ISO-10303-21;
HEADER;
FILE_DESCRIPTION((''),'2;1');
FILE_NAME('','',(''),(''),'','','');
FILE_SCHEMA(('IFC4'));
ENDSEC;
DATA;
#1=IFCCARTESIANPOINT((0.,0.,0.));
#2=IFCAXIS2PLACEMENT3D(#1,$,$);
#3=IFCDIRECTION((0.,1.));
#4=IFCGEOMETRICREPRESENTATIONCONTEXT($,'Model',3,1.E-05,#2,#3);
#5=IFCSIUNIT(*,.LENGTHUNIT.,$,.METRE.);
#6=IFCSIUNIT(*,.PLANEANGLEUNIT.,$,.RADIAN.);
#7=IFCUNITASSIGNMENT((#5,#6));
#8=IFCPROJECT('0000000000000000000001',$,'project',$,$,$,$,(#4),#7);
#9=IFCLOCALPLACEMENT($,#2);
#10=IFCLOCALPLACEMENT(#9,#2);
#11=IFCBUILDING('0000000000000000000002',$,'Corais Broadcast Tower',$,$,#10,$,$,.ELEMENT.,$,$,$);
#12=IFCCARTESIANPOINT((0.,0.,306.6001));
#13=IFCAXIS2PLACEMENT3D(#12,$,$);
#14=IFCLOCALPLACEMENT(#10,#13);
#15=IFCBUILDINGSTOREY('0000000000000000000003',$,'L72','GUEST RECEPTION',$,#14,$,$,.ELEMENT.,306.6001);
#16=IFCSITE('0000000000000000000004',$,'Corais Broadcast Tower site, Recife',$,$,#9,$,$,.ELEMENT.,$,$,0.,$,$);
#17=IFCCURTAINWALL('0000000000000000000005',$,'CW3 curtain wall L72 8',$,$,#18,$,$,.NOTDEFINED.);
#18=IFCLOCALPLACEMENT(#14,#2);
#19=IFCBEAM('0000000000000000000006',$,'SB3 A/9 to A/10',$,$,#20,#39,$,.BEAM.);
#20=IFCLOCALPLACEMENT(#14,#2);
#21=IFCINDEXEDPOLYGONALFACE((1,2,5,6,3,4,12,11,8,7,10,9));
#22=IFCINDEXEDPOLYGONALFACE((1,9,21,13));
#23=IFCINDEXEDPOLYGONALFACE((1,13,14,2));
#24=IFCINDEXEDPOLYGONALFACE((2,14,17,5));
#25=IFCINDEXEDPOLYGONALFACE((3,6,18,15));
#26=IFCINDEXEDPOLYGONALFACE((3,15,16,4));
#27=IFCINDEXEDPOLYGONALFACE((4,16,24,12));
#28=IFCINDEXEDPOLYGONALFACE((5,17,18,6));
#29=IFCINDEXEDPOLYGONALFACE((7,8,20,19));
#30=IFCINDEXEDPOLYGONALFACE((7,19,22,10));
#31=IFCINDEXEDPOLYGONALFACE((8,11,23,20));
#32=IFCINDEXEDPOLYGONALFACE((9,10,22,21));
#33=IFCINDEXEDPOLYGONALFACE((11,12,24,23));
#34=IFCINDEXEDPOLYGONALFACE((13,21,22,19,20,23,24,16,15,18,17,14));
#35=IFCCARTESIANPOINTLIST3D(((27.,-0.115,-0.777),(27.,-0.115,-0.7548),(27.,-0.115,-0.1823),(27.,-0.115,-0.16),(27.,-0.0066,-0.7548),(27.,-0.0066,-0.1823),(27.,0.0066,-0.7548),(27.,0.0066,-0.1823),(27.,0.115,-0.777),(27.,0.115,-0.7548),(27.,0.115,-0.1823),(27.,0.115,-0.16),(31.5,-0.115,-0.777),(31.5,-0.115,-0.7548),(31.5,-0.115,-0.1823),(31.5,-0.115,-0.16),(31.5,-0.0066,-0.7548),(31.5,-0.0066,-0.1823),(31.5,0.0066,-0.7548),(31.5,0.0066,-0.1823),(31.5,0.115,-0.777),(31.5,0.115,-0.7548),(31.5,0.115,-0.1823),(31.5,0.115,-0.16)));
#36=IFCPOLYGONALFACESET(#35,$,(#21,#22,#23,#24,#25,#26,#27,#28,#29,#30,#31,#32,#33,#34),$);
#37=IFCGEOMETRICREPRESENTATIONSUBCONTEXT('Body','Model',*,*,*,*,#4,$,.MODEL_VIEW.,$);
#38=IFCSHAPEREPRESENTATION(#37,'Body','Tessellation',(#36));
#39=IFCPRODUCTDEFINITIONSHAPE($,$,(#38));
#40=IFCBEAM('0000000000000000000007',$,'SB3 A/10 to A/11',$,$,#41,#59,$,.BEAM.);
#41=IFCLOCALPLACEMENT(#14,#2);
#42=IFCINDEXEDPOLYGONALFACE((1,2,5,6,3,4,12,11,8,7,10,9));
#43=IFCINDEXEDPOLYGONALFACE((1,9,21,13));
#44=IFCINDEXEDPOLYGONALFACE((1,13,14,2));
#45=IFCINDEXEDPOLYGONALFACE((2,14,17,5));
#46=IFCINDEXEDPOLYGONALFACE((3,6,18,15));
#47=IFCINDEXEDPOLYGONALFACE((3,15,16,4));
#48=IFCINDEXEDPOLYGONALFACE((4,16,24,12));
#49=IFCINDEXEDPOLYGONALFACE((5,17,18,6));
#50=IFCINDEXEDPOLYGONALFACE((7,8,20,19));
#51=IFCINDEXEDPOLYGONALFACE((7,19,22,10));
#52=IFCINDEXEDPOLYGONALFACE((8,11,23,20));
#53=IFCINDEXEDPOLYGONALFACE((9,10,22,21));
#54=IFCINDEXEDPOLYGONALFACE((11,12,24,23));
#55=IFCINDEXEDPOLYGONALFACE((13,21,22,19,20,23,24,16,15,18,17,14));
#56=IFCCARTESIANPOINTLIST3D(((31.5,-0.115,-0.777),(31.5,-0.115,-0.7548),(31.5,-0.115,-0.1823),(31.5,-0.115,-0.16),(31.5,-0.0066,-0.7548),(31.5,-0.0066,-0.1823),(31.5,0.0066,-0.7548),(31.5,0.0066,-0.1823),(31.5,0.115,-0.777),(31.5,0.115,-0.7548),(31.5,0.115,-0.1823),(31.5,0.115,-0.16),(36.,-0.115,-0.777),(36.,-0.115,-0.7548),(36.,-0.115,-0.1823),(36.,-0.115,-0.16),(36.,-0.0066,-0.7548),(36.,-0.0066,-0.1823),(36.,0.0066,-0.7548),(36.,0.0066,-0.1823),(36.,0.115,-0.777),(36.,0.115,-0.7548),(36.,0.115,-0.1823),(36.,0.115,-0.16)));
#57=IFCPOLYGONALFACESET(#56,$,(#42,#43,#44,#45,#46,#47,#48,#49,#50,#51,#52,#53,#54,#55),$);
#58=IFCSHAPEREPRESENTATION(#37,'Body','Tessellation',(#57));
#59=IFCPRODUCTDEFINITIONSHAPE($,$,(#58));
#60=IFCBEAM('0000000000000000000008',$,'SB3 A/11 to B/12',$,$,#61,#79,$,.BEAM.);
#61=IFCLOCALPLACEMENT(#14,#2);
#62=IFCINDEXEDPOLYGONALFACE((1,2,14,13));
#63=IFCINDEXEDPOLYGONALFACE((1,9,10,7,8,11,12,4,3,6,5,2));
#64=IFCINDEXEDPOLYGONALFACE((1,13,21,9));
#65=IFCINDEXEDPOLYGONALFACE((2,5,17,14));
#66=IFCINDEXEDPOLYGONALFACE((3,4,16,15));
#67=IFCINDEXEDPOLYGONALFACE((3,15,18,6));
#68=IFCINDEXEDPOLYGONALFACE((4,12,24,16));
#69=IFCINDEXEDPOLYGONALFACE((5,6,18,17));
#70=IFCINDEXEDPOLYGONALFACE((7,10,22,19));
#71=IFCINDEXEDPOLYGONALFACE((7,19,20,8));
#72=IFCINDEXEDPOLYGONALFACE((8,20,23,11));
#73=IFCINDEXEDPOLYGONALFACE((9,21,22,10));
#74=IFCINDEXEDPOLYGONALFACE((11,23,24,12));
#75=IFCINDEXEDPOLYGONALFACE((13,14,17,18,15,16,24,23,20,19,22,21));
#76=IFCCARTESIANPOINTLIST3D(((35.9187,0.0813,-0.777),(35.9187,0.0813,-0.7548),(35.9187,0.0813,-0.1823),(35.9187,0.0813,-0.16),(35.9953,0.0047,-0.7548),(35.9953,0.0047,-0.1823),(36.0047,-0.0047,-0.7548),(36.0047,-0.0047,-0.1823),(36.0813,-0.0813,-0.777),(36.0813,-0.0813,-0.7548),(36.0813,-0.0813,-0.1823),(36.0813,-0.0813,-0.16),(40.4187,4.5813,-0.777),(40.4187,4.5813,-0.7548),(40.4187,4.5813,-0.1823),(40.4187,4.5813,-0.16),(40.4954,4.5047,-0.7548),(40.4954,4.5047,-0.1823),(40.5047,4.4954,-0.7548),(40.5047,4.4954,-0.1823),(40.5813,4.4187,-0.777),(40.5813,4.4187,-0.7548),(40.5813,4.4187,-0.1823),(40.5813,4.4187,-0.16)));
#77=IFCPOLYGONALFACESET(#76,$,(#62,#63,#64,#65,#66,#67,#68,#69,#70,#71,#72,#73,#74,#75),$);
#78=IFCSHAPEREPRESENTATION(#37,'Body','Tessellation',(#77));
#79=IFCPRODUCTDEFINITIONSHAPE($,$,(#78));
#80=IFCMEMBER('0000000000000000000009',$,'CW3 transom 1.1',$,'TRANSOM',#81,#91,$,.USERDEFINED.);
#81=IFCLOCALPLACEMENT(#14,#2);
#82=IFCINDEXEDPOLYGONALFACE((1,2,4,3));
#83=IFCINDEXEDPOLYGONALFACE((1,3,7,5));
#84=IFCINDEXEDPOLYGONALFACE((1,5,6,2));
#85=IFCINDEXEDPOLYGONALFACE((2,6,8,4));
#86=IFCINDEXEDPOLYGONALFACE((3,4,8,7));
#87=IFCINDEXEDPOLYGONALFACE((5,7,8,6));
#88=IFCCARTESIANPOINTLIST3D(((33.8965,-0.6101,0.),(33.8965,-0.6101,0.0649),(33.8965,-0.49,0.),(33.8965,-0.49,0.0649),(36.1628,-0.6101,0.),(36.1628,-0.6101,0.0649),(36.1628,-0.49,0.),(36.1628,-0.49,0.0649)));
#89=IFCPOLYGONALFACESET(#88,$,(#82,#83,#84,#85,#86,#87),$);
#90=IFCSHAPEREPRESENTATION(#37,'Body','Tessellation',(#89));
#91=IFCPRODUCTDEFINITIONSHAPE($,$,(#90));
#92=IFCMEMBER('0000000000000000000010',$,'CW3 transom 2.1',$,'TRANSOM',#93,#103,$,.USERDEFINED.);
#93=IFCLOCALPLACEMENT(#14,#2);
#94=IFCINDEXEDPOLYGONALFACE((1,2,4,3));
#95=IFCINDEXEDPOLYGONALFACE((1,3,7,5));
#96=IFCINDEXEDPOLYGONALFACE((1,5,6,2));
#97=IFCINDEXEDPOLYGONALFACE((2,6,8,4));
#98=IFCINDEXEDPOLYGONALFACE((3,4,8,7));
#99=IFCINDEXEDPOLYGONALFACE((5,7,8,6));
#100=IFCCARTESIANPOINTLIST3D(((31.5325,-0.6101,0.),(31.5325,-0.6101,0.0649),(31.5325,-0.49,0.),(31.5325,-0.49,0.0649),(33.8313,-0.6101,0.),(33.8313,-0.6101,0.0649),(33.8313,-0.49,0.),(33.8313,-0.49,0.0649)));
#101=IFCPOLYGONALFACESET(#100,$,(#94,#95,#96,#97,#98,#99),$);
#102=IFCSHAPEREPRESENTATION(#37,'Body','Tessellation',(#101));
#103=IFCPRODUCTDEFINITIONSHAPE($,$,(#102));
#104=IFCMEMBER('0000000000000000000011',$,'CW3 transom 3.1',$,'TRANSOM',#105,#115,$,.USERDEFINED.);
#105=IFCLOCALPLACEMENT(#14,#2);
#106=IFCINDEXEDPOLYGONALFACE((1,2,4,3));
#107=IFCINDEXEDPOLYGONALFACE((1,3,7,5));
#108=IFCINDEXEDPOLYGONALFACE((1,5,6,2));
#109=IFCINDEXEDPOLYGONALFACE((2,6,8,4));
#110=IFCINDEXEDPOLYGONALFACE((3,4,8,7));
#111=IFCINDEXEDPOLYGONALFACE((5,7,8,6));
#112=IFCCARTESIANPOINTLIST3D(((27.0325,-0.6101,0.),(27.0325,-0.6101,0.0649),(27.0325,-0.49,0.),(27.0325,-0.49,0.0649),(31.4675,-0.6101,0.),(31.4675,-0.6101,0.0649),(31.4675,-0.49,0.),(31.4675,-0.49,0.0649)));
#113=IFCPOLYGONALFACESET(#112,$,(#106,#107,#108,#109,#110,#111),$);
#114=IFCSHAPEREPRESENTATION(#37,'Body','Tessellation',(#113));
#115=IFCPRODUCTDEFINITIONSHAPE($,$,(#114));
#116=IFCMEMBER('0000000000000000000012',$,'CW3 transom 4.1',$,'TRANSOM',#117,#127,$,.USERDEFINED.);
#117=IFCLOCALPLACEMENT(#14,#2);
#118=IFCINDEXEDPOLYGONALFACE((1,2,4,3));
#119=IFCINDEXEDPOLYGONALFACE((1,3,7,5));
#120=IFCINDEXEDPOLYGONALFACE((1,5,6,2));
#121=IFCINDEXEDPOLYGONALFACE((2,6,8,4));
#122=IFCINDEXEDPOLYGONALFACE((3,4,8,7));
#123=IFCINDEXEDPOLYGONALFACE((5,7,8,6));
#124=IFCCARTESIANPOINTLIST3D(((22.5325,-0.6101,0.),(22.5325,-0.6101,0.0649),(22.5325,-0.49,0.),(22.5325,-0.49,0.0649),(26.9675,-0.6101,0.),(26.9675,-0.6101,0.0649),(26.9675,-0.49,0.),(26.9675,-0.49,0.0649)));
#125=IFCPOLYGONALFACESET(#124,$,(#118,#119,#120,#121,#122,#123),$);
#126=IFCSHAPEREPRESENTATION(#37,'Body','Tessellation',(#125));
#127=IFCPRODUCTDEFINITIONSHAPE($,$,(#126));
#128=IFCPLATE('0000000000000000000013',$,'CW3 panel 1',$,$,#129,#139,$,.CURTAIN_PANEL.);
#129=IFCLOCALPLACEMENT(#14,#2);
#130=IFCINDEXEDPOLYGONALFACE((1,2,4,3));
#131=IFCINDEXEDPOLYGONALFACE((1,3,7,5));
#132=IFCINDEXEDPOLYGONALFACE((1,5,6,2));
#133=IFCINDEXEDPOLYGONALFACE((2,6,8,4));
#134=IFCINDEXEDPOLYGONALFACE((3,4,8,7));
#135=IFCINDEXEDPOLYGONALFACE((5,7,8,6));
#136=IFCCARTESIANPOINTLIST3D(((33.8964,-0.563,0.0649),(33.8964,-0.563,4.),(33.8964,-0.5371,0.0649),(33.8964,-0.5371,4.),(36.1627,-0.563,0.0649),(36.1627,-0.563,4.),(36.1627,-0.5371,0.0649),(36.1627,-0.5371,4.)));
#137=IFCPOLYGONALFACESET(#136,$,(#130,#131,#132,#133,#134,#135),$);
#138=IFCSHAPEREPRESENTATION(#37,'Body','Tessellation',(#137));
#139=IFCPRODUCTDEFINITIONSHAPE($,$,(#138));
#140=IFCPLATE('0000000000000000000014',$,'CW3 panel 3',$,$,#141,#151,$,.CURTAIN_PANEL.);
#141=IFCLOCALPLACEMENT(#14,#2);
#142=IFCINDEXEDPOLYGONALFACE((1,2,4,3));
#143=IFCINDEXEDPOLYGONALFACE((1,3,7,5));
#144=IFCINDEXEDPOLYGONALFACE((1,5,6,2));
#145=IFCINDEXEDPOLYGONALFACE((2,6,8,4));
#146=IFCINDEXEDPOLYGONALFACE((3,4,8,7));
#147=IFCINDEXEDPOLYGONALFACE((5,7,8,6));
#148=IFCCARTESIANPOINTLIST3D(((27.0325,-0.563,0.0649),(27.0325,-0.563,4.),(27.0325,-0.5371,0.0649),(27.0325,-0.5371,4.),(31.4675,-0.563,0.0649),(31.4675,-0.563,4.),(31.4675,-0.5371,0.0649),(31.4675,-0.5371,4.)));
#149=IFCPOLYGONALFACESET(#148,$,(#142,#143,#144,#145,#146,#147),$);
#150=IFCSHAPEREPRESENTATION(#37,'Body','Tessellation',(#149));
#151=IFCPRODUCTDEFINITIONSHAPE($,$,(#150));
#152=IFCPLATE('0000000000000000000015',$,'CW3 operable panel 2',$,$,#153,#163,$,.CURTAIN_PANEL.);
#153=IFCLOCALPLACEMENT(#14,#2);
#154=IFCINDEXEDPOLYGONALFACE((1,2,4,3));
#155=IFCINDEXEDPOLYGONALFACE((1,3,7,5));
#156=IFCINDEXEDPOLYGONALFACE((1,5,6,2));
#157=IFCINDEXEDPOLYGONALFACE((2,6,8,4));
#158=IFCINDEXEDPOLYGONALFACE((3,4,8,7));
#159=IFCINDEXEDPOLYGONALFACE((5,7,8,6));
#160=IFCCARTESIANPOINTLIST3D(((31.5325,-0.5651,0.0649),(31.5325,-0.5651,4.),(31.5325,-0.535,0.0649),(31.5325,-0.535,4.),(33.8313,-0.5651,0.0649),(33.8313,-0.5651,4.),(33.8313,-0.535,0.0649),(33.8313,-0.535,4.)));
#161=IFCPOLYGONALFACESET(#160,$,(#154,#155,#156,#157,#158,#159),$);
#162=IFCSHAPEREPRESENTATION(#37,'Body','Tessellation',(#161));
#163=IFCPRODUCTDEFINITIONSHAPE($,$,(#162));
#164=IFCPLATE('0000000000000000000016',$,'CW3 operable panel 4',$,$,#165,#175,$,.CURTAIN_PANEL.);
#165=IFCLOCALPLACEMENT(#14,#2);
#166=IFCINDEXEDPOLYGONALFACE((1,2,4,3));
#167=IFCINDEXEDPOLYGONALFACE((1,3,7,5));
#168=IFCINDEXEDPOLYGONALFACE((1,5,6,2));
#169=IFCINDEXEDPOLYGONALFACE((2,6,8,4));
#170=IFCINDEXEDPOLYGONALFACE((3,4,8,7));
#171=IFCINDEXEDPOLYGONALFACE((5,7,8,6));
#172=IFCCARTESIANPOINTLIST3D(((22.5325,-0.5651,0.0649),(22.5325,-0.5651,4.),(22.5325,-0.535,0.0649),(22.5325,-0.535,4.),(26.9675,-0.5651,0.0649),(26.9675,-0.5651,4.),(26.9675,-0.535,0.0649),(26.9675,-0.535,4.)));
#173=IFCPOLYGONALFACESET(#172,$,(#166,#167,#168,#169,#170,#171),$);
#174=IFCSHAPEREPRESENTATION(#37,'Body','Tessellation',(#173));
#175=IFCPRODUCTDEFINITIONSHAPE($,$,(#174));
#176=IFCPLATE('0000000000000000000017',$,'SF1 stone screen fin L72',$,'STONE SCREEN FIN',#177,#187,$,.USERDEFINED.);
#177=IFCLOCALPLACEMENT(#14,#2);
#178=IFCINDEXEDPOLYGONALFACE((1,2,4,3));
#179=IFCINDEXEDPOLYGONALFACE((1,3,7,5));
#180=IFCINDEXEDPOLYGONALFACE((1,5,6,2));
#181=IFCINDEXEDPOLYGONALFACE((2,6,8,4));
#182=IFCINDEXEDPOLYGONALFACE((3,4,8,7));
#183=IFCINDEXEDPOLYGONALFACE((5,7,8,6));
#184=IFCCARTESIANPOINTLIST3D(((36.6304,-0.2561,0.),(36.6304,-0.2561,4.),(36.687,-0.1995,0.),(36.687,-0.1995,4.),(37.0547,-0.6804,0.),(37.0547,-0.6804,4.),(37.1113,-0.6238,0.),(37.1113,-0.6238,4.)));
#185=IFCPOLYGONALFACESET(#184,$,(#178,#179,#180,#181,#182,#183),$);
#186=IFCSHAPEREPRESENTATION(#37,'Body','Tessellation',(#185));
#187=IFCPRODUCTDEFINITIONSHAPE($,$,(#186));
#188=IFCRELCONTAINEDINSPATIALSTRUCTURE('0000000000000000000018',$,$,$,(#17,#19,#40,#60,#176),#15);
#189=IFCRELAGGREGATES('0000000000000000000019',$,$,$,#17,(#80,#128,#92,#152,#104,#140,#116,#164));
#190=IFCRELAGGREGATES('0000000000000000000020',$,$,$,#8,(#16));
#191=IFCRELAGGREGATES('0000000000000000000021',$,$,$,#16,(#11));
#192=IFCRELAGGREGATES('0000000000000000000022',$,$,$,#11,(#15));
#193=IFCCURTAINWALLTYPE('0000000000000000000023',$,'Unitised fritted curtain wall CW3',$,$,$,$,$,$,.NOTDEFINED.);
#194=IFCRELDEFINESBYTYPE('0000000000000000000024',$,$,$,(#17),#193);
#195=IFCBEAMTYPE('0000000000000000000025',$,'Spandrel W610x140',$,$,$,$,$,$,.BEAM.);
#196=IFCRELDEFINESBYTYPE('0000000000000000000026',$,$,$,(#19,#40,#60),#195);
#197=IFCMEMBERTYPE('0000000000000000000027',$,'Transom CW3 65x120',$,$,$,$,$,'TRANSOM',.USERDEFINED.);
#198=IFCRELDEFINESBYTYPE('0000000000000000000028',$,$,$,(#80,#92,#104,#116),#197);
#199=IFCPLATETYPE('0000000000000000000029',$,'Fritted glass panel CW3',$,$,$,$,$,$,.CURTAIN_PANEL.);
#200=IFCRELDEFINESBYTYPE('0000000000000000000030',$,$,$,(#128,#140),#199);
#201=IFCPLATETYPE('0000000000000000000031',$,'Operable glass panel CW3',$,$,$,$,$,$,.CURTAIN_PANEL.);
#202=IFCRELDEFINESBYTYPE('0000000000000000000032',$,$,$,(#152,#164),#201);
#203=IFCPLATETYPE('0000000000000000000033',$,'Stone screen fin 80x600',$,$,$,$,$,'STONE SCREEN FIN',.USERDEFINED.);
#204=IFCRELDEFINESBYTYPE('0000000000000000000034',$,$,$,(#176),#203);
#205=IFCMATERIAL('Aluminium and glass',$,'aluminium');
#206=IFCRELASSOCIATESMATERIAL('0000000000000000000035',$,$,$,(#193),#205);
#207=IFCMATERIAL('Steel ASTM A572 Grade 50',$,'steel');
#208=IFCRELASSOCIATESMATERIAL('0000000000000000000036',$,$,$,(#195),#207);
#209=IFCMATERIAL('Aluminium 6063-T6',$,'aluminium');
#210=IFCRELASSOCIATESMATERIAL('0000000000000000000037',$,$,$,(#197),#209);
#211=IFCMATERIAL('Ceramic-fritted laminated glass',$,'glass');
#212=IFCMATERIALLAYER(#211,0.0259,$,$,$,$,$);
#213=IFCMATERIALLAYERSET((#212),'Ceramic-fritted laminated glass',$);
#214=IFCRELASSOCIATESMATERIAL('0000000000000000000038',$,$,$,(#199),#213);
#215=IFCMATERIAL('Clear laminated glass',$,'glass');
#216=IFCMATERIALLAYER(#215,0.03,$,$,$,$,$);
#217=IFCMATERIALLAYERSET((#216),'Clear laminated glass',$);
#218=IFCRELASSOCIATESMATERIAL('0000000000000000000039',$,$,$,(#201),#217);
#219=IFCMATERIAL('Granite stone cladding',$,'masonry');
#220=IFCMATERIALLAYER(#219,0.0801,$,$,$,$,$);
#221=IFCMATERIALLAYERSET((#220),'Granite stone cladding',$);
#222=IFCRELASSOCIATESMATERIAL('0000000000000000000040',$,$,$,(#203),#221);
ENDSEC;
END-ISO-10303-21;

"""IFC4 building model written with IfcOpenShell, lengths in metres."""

from ifc_helpers import new_model, si_unit, direction, frame, origin, origin_2d, place, context, subcontext, project, spatial, rectangle, i_section, extrude, material, layer, layer_set, material_profile, profile_set, type_object, element, aggregate, save


model = new_model("IFC4")

# Units and contexts
model_context = context("Model", 3, precision=1e-05, world=origin(), true_north=direction((0.0, 1.0)))
body_context = subcontext(model_context, "Body", "Model", "MODEL_VIEW")
ifc_project = project(units=[si_unit("LENGTHUNIT", "METRE"), si_unit("PLANEANGLEUNIT", "RADIAN")], contexts=[model_context])

# Site, building, storey
site_placement = place(None, origin())
site = spatial("IfcSite", under=ifc_project, at=site_placement, Name="Corais Broadcast Tower site, Recife", CompositionType="ELEMENT", RefElevation=0.0)
building_placement = place(site_placement, origin())
building = spatial("IfcBuilding", under=site, at=building_placement, Name="Corais Broadcast Tower", CompositionType="ELEMENT")
storey_placement = place(building_placement, frame((0.0, 0.0, 306.6001)))
storey = spatial("IfcBuildingStorey", under=building, at=storey_placement, Name="L72", Description="GUEST RECEPTION", CompositionType="ELEMENT", Elevation=306.6001)

# Shared definitions
ifc_material_1 = material(Name="Aluminium and glass", Category="aluminium")
curtain_wall_type = type_object("IfcCurtainWallType", Name="Unitised fritted curtain wall CW3", PredefinedType="NOTDEFINED", material=ifc_material_1)

# Curtain wall
curtain_wall_1_placement = place(storey_placement, origin())
curtain_wall_1 = element("IfcCurtainWall", 1, at=curtain_wall_1_placement, inside=storey, type_object=curtain_wall_type, Name="CW3 curtain wall L72 8", PredefinedType="NOTDEFINED")

# Beams
ifc_material_2 = material(Name="Steel ASTM A572 Grade 50", Category="steel")
ifc_material_profile_1 = material_profile(ifc_material_2, i_section(OverallWidth=0.23, OverallDepth=0.6169, WebThickness=0.0132, FlangeThickness=0.0222, at=origin_2d()), Name="W610x140")
ifc_profile_set_1 = profile_set([ifc_material_profile_1], Name="Steel ASTM A572 Grade 50")
beam_type_1 = type_object("IfcBeamType", Name="Spandrel W610x140", PredefinedType="BEAM", material=ifc_profile_set_1)
for number, where, z_axis, x_axis, name in (
    (2, (27.0, 0.0, -0.4685), (1.0, 0.0, 0.0), (0.0, 1.0, 0.0), "SB3 A/9 to A/10"),
    (3, (31.5, 0.0, -0.4685), (1.0, 0.0, 0.0), (0.0, 1.0, 0.0), "SB3 A/10 to A/11"),
):
    element("IfcBeam", number, at=place(storey_placement, frame(where, z_axis=z_axis, x_axis=x_axis)), inside=storey, type_object=beam_type_1, Name=name, PredefinedType="BEAM", context=body_context, shape_type="SweptSolid", body=[
        extrude(i_section(OverallWidth=0.23, OverallDepth=0.6169, WebThickness=0.0132, FlangeThickness=0.0222, at=origin_2d()), origin(), (0.0, 0.0, 1.0), 4.5),
    ])
beam_placement = place(storey_placement, frame((36.0, 0.0, -0.4685), z_axis=(0.707107, 0.707107, 0.0), x_axis=(-0.707107, 0.707107, 0.0)))
element("IfcBeam", 4, at=beam_placement, inside=storey, type_object=beam_type_1, Name="SB3 A/11 to B/12", PredefinedType="BEAM", context=body_context, shape_type="SweptSolid", body=[
    extrude(i_section(OverallWidth=0.23, OverallDepth=0.6169, WebThickness=0.0132, FlangeThickness=0.0222, at=origin_2d()), origin(), (0.0, 0.0, 1.0), 6.364),
])

# Members
ifc_material_3 = material(Name="Aluminium 6063-T6", Category="aluminium")
ifc_material_profile_2 = material_profile(ifc_material_3, rectangle(XDim=0.1201, YDim=0.0649, at=origin_2d()), Name="Transom CW3 65x120")
ifc_profile_set_2 = profile_set([ifc_material_profile_2], Name="Aluminium 6063-T6")
member_type_1 = type_object("IfcMemberType", Name="Transom CW3 65x120", ElementType="TRANSOM", PredefinedType="USERDEFINED", material=ifc_profile_set_2)
member_1_placement = place(storey_placement, frame((36.1628, -0.55, 0.0325), z_axis=(-1.0, 0.0, 0.0), x_axis=(0.0, -1.0, 0.0)))
member_1 = element("IfcMember", 5, at=member_1_placement, type_object=member_type_1, Name="CW3 transom 1.1", ObjectType="TRANSOM", PredefinedType="USERDEFINED", context=body_context, shape_type="SweptSolid", body=[
    extrude(rectangle(XDim=0.1201, YDim=0.0649, at=origin_2d()), origin(), (0.0, 0.0, 1.0), 2.2664),
])
member_2_placement = place(storey_placement, frame((33.8313, -0.55, 0.0325), z_axis=(-1.0, 0.0, 0.0), x_axis=(0.0, -1.0, 0.0)))
member_2 = element("IfcMember", 6, at=member_2_placement, type_object=member_type_1, Name="CW3 transom 2.1", ObjectType="TRANSOM", PredefinedType="USERDEFINED", context=body_context, shape_type="SweptSolid", body=[
    extrude(rectangle(XDim=0.1201, YDim=0.0649, at=origin_2d()), origin(), (0.0, 0.0, 1.0), 2.2988),
])
member_3_placement = place(storey_placement, frame((31.4675, -0.55, 0.0325), z_axis=(-1.0, 0.0, 0.0), x_axis=(0.0, -1.0, 0.0)))
member_3 = element("IfcMember", 7, at=member_3_placement, type_object=member_type_1, Name="CW3 transom 3.1", ObjectType="TRANSOM", PredefinedType="USERDEFINED", context=body_context, shape_type="SweptSolid", body=[
    extrude(rectangle(XDim=0.1201, YDim=0.0649, at=origin_2d()), origin(), (0.0, 0.0, 1.0), 4.4351),
])
member_4_placement = place(storey_placement, frame((26.9675, -0.55, 0.0325), z_axis=(-1.0, 0.0, 0.0), x_axis=(0.0, -1.0, 0.0)))
member_4 = element("IfcMember", 8, at=member_4_placement, type_object=member_type_1, Name="CW3 transom 4.1", ObjectType="TRANSOM", PredefinedType="USERDEFINED", context=body_context, shape_type="SweptSolid", body=[
    extrude(rectangle(XDim=0.1201, YDim=0.0649, at=origin_2d()), origin(), (0.0, 0.0, 1.0), 4.4351),
])

# Plates
ifc_material_4 = material(Name="Ceramic-fritted laminated glass", Category="glass")
ifc_layer_1 = layer(ifc_material_4, 0.0259)
ifc_layer_set_1 = layer_set([ifc_layer_1], Name="Ceramic-fritted laminated glass")
plate_type_1 = type_object("IfcPlateType", Name="Fritted glass panel CW3", PredefinedType="CURTAIN_PANEL", material=ifc_layer_set_1)
plate_1_placement = place(storey_placement, frame((35.0295, -0.55, 0.0649), z_axis=(0.0, 0.0, 1.0), x_axis=(-1.0, 0.0, 0.0)))
plate_1 = element("IfcPlate", 9, at=plate_1_placement, type_object=plate_type_1, Name="CW3 panel 1", PredefinedType="CURTAIN_PANEL", context=body_context, shape_type="SweptSolid", body=[
    extrude(rectangle(XDim=2.2664, YDim=0.0259, at=origin_2d()), origin(), (0.0, 0.0, 1.0), 3.9351),
])
plate_2_placement = place(storey_placement, frame((29.25, -0.55, 0.0649), z_axis=(0.0, 0.0, 1.0), x_axis=(-1.0, 0.0, 0.0)))
plate_2 = element("IfcPlate", 10, at=plate_2_placement, type_object=plate_type_1, Name="CW3 panel 3", PredefinedType="CURTAIN_PANEL", context=body_context, shape_type="SweptSolid", body=[
    extrude(rectangle(XDim=4.4351, YDim=0.0259, at=origin_2d()), origin(), (0.0, 0.0, 1.0), 3.9351),
])
ifc_material_5 = material(Name="Clear laminated glass", Category="glass")
ifc_layer_2 = layer(ifc_material_5, 0.03)
ifc_layer_set_2 = layer_set([ifc_layer_2], Name="Clear laminated glass")
plate_type_2 = type_object("IfcPlateType", Name="Operable glass panel CW3", PredefinedType="CURTAIN_PANEL", material=ifc_layer_set_2)
plate_3_placement = place(storey_placement, frame((32.6819, -0.55, 0.0649), z_axis=(0.0, 0.0, 1.0), x_axis=(-1.0, 0.0, 0.0)))
plate_3 = element("IfcPlate", 11, at=plate_3_placement, type_object=plate_type_2, Name="CW3 operable panel 2", PredefinedType="CURTAIN_PANEL", context=body_context, shape_type="SweptSolid", body=[
    extrude(rectangle(XDim=2.2988, YDim=0.03, at=origin_2d()), origin(), (0.0, 0.0, 1.0), 3.9351),
])
plate_4_placement = place(storey_placement, frame((24.75, -0.55, 0.0649), z_axis=(0.0, 0.0, 1.0), x_axis=(-1.0, 0.0, 0.0)))
plate_4 = element("IfcPlate", 12, at=plate_4_placement, type_object=plate_type_2, Name="CW3 operable panel 4", PredefinedType="CURTAIN_PANEL", context=body_context, shape_type="SweptSolid", body=[
    extrude(rectangle(XDim=4.4351, YDim=0.03, at=origin_2d()), origin(), (0.0, 0.0, 1.0), 3.9351),
])
aggregate(curtain_wall_1, [member_1, plate_1, member_2, plate_3, member_3, plate_2, member_4, plate_4])
ifc_material_6 = material(Name="Granite stone cladding", Category="masonry")
ifc_layer_3 = layer(ifc_material_6, 0.0801)
ifc_layer_set_3 = layer_set([ifc_layer_3], Name="Granite stone cladding")
plate_type_3 = type_object("IfcPlateType", Name="Stone screen fin 80x600", ElementType="STONE SCREEN FIN", PredefinedType="USERDEFINED", material=ifc_layer_set_3)
plate_5_placement = place(storey_placement, frame((36.8708, -0.4399, 0.0), z_axis=(0.0, 0.0, 1.0), x_axis=(-0.707107, -0.707107, 0.0)))
element("IfcPlate", 13, at=plate_5_placement, inside=storey, type_object=plate_type_3, Name="SF1 stone screen fin L72", ObjectType="STONE SCREEN FIN", PredefinedType="USERDEFINED", context=body_context, shape_type="SweptSolid", body=[
    extrude(rectangle(XDim=0.0801, YDim=0.6001, at=origin_2d()), origin(), (0.0, 0.0, 1.0), 4.0),
])

save(model, "model.ifc")
